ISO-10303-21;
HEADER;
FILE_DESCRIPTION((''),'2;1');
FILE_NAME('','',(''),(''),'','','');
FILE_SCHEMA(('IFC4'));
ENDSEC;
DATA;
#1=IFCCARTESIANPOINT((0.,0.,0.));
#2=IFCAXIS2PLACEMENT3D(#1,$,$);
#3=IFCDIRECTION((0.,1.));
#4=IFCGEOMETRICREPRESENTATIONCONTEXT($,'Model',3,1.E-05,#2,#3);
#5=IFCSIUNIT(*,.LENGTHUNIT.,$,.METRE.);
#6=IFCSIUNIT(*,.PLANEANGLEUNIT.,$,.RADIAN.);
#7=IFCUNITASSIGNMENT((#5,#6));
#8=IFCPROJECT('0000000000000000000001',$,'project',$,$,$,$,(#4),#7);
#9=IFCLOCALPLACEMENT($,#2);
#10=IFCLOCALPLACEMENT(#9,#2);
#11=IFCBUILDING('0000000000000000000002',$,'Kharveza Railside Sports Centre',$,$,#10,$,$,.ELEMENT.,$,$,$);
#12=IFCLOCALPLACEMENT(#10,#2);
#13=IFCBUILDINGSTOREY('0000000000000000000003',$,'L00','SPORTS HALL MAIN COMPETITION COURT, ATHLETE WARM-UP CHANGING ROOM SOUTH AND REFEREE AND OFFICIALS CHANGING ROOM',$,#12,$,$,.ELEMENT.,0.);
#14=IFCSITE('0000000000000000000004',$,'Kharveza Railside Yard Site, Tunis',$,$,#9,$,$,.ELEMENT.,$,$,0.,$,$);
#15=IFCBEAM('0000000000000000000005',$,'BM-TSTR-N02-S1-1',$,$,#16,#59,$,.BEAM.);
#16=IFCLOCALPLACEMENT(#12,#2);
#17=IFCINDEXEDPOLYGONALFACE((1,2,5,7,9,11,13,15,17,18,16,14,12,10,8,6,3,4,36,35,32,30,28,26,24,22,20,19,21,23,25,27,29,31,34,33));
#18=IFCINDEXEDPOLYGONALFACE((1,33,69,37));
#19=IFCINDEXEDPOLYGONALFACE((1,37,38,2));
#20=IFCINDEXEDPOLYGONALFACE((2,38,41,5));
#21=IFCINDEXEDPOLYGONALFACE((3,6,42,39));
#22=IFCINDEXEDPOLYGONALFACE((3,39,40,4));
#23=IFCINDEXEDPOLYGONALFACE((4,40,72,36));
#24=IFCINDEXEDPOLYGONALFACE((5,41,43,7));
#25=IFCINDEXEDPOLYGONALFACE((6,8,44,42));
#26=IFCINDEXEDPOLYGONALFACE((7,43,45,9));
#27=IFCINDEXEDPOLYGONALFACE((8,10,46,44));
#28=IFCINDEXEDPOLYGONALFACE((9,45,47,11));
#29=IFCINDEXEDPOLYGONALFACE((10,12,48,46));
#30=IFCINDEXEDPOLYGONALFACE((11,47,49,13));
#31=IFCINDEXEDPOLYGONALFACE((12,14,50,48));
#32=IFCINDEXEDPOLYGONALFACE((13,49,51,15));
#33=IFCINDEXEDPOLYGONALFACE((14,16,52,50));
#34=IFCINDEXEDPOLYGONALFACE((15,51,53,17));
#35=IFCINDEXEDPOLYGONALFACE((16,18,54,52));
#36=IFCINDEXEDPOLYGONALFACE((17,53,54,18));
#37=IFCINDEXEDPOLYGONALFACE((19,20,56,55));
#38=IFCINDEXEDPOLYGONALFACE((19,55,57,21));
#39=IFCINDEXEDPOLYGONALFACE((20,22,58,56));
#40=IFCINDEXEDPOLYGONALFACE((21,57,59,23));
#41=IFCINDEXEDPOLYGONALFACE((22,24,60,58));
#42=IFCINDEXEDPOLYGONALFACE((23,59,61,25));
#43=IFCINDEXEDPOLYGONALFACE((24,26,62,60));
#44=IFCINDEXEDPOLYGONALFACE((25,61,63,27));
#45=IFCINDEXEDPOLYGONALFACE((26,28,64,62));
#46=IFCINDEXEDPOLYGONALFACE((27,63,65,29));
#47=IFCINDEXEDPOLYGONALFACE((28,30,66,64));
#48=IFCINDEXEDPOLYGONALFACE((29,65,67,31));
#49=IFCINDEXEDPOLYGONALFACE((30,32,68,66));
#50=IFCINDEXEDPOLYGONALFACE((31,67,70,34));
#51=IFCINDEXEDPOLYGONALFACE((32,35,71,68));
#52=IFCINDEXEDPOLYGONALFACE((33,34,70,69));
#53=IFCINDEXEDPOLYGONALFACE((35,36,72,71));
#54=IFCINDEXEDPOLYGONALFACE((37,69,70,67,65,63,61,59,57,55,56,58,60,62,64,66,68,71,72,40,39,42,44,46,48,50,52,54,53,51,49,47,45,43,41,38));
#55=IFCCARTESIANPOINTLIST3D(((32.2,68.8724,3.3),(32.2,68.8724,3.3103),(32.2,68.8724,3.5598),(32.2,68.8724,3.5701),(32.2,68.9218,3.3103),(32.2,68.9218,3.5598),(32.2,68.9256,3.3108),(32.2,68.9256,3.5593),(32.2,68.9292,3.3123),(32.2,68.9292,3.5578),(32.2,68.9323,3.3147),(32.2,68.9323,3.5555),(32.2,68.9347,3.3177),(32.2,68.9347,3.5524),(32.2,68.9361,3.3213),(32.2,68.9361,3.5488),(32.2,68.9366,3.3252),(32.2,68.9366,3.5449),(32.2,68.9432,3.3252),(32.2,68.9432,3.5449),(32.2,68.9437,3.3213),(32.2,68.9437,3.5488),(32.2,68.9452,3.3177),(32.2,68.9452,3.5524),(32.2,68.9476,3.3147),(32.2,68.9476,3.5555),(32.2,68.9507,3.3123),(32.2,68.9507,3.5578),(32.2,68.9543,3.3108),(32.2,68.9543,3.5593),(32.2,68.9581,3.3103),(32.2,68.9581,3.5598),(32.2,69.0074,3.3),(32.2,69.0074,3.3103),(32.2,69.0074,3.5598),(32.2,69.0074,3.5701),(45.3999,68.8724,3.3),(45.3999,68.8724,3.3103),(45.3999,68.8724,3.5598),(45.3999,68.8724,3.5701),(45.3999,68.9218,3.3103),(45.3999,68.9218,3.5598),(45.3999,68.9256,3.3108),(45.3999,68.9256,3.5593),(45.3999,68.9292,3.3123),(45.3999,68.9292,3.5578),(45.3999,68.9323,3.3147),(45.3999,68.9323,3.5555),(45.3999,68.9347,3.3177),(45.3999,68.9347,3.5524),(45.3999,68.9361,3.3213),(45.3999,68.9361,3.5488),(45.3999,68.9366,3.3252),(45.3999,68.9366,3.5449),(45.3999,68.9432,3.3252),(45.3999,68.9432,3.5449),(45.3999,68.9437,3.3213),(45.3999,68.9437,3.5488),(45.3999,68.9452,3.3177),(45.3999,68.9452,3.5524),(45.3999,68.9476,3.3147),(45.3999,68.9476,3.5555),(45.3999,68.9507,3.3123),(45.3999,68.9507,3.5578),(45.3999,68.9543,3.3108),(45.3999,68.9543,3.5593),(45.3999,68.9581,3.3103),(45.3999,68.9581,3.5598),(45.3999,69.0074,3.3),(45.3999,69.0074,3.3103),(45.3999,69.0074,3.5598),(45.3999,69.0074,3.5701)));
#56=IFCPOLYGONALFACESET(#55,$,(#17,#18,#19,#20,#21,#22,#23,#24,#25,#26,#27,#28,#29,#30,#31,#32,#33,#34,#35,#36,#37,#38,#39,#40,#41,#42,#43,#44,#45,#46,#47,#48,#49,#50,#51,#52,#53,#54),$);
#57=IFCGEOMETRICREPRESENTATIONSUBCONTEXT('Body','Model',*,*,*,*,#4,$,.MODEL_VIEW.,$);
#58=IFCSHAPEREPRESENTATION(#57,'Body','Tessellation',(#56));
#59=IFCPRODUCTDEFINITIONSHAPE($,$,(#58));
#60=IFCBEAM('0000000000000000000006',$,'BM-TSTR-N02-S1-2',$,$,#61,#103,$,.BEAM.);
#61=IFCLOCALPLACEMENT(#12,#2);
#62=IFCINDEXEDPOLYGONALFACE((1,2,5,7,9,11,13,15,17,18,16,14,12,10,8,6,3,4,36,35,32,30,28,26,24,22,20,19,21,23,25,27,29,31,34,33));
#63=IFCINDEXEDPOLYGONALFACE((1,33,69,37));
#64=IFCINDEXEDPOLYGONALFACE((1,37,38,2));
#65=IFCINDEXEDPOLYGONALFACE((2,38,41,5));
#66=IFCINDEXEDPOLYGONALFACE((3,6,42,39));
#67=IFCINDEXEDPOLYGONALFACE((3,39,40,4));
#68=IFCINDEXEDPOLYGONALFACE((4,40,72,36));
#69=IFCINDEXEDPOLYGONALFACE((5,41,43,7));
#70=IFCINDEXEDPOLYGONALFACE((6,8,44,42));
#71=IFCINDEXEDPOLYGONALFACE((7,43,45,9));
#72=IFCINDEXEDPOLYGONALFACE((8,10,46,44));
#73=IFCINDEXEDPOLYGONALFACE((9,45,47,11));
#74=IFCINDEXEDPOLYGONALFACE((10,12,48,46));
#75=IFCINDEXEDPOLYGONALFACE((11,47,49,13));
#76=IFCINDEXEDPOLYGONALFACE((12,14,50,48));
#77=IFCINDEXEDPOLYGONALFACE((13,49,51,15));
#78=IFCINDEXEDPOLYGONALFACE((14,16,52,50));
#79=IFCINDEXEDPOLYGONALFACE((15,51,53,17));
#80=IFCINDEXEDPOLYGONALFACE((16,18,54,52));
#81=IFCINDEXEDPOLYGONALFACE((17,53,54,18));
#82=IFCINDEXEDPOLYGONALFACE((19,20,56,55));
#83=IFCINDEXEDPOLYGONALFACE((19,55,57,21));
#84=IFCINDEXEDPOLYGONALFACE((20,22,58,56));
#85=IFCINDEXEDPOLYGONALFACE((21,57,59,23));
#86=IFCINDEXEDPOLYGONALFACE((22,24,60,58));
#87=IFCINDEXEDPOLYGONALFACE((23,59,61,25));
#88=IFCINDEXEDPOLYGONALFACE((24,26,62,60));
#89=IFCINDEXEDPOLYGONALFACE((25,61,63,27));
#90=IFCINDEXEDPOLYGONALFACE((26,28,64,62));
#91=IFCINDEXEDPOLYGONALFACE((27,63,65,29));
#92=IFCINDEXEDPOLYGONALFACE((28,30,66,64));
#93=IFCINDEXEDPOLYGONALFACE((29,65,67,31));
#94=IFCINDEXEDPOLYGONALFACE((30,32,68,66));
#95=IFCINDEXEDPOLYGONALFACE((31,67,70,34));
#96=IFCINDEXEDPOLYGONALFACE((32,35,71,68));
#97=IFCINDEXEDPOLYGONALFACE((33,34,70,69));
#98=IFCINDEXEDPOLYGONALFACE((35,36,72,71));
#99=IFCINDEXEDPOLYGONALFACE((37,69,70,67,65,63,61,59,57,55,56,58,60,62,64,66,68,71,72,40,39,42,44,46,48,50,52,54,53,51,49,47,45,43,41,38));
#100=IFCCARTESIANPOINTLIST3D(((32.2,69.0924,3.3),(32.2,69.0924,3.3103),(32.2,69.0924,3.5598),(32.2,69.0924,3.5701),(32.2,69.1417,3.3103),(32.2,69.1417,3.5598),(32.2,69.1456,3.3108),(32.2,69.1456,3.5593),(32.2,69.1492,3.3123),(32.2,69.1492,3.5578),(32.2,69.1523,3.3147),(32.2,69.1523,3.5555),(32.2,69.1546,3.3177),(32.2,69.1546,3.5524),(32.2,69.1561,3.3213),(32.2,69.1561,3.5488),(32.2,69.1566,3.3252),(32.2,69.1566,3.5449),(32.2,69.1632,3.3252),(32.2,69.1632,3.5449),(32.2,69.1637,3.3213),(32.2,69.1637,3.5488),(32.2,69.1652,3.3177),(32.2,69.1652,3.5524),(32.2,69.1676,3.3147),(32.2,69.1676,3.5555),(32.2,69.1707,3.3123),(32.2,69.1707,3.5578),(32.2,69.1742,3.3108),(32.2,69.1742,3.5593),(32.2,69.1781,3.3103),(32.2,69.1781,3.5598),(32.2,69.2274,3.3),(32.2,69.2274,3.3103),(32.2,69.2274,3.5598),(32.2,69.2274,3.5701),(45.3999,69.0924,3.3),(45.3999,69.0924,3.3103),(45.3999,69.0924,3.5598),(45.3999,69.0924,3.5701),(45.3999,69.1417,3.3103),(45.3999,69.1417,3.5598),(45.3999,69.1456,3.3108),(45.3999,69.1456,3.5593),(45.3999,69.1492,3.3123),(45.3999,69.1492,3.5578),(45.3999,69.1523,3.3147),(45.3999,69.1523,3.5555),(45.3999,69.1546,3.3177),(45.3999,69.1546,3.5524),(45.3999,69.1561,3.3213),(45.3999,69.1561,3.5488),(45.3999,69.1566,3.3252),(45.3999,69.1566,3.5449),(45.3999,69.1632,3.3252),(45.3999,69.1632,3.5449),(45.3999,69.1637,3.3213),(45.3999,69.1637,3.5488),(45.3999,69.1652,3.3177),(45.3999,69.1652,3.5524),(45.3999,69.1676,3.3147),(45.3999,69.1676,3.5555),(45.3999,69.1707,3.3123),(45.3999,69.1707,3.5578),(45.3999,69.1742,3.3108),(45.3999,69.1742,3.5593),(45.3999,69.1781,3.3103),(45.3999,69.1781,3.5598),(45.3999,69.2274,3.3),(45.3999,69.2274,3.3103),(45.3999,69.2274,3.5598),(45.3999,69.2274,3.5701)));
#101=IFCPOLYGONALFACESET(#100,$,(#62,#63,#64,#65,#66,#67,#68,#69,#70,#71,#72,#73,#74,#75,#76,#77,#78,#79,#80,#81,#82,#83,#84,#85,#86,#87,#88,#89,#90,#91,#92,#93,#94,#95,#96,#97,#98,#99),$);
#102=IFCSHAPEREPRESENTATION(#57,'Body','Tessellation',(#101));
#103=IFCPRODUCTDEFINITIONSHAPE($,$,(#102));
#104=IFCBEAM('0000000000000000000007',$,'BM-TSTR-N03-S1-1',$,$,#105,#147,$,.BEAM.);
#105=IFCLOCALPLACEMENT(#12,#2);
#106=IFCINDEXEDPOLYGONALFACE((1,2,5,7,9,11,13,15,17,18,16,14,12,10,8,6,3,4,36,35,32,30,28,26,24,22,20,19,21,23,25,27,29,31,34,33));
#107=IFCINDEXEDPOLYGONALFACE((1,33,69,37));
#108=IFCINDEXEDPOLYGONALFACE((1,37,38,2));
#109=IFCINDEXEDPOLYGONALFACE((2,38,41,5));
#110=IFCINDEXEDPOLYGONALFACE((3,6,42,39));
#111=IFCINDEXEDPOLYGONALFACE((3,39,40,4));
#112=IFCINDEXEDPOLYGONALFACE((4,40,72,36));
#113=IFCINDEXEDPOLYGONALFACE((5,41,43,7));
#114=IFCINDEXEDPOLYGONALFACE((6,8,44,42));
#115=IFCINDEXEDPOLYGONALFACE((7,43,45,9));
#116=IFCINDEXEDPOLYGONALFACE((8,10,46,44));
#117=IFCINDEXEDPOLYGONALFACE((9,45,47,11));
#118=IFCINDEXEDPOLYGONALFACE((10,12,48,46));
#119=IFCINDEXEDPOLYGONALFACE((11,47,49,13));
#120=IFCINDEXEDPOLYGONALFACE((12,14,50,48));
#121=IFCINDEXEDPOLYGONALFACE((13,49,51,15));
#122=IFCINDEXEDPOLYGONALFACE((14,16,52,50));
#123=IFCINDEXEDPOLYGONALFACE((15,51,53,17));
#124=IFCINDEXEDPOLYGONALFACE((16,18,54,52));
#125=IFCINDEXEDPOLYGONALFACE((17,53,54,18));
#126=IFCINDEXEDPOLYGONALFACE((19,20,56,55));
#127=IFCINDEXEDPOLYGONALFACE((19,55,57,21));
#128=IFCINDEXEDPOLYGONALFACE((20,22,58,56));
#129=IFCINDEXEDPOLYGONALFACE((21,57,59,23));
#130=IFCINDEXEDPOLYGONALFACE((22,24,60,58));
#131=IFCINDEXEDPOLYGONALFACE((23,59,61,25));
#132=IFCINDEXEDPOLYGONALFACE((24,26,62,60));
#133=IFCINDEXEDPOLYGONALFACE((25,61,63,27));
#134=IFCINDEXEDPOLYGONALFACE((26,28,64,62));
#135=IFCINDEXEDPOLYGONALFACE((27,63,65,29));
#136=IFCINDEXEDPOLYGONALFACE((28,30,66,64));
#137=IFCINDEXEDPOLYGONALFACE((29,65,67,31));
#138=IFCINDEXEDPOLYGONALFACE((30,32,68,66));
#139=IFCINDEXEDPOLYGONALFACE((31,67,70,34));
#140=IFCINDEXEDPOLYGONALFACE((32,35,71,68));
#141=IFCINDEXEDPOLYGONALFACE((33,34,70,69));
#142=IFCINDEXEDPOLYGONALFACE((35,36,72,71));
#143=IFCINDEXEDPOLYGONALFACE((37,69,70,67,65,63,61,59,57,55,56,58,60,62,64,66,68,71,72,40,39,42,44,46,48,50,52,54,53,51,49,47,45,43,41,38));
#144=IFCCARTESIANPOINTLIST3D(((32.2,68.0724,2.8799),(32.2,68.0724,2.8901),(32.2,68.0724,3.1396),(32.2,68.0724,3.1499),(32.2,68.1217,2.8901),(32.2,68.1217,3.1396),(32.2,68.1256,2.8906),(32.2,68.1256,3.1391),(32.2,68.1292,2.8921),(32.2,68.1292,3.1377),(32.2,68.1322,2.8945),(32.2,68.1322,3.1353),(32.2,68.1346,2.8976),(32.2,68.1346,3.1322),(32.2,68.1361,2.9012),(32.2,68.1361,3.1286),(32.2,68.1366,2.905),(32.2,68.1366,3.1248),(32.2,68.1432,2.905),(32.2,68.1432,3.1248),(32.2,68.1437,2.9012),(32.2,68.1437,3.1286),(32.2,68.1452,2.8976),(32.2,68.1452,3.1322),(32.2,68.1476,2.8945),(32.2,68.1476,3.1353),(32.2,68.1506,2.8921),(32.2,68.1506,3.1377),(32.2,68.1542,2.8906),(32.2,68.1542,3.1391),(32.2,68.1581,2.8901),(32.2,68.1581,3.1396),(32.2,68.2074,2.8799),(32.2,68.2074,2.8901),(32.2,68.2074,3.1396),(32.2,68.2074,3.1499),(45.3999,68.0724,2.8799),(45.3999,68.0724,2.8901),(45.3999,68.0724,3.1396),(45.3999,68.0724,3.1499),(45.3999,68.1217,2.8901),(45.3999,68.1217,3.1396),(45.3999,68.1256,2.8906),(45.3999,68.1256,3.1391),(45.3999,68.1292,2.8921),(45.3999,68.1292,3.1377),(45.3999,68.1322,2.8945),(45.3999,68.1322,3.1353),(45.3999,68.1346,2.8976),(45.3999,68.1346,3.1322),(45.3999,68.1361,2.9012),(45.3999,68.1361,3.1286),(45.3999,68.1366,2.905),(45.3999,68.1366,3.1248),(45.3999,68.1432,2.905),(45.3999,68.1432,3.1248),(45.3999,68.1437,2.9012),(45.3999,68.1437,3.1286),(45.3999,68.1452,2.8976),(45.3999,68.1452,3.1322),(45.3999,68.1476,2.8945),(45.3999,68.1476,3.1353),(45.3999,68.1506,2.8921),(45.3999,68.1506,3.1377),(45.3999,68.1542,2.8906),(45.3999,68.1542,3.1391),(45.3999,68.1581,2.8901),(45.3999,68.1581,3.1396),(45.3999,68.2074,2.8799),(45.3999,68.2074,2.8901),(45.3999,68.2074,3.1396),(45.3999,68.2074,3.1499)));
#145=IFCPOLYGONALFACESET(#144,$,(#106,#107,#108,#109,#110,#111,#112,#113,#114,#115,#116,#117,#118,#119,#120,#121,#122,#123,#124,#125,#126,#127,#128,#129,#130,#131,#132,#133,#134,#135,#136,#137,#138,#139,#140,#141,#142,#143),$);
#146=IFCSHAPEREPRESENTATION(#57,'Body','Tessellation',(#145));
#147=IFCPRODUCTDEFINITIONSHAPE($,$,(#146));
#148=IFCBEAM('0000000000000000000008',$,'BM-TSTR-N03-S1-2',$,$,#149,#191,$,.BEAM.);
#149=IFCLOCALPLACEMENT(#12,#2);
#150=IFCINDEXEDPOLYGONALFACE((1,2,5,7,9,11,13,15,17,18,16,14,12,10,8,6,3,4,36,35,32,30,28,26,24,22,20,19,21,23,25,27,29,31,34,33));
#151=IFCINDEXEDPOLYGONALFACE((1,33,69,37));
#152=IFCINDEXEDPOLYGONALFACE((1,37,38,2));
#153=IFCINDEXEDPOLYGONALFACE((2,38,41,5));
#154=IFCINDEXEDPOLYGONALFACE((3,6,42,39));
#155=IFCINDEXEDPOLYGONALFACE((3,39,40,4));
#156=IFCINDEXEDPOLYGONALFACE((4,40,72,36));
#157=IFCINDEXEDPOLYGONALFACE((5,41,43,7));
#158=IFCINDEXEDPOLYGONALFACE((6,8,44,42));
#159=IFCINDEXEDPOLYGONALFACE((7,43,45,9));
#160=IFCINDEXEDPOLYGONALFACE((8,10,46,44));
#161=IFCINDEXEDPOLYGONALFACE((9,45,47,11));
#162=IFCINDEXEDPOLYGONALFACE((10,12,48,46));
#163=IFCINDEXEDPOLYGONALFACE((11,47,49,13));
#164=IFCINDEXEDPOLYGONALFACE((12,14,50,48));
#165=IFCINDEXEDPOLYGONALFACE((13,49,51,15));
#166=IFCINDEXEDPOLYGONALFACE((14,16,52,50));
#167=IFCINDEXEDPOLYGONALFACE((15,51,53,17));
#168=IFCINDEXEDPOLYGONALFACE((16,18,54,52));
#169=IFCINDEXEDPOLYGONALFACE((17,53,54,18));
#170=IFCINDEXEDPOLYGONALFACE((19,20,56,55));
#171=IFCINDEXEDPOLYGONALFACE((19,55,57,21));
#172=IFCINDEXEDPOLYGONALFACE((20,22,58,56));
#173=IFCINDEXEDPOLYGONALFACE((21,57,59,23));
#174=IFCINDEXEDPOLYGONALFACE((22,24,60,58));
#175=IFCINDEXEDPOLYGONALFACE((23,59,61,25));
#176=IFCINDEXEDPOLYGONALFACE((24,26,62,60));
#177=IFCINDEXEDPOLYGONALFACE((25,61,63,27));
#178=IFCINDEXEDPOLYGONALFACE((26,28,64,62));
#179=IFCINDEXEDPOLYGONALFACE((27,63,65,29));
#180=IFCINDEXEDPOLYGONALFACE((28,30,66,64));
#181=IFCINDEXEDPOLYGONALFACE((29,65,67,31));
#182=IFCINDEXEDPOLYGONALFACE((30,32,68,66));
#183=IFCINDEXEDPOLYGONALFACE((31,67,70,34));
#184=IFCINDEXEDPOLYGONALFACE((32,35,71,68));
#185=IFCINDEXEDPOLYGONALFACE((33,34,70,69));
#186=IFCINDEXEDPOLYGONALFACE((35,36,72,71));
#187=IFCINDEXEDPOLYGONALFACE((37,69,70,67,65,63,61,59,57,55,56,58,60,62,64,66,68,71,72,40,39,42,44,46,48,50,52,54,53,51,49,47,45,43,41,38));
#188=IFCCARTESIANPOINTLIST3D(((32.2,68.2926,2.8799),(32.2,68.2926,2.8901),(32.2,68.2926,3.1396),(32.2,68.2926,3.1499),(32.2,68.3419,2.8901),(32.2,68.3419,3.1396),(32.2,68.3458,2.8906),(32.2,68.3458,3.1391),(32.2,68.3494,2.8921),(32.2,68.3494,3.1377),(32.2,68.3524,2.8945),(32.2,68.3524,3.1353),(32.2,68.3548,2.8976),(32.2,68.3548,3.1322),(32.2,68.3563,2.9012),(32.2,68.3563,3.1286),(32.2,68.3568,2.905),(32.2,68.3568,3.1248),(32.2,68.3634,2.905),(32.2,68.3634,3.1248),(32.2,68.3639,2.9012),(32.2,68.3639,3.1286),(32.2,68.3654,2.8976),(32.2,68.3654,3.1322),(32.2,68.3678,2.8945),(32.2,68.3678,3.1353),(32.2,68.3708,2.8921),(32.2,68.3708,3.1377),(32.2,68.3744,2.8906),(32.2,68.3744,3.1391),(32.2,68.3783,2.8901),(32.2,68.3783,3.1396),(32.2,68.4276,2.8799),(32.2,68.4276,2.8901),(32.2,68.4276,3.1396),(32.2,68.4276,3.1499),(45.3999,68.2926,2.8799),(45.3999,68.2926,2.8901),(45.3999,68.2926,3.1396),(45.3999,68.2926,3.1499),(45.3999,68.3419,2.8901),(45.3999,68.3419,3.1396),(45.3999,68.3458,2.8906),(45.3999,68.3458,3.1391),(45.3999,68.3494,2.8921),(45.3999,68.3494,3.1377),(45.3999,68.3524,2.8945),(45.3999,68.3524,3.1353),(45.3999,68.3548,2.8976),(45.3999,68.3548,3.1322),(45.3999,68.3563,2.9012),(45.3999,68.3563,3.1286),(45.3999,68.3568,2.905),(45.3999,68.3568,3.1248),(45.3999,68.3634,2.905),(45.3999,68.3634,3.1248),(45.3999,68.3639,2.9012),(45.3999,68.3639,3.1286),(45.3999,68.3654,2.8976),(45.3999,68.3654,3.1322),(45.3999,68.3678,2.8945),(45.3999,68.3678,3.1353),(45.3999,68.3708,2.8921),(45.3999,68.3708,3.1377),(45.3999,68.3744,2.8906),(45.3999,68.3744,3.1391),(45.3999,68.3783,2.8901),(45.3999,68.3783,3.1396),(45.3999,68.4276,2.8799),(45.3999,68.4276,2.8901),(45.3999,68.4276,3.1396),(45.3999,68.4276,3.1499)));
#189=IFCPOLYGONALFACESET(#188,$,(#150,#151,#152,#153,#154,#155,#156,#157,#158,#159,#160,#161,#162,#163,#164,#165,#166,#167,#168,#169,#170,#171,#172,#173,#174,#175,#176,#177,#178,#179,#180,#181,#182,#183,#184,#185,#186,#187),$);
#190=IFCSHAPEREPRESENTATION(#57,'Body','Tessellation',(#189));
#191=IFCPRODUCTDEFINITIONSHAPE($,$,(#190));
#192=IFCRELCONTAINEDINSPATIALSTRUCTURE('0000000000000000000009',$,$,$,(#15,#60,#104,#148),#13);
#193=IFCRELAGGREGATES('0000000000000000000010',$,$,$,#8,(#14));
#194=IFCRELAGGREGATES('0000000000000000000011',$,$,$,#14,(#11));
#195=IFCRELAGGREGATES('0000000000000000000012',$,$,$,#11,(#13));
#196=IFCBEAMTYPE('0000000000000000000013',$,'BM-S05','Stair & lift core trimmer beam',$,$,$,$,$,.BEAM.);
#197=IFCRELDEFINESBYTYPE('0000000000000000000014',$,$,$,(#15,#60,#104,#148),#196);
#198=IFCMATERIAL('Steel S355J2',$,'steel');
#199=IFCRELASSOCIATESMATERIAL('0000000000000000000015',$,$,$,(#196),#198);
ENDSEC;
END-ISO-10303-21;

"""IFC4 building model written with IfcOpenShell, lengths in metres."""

from ifc_helpers import new_model, si_unit, direction, frame, origin, origin_2d, place, context, subcontext, project, spatial, i_section, extrude, material, material_profile, profile_set, type_object, element, save


model = new_model("IFC4")

# Units and contexts
model_context = context("Model", 3, precision=1e-05, world=origin(), true_north=direction((0.0, 1.0)))
body_context = subcontext(model_context, "Body", "Model", "MODEL_VIEW")
ifc_project = project(units=[si_unit("LENGTHUNIT", "METRE"), si_unit("PLANEANGLEUNIT", "RADIAN")], contexts=[model_context])

# Site, building, storey
site_placement = place(None, origin())
site = spatial("IfcSite", under=ifc_project, at=site_placement, Name="Kharveza Railside Yard Site, Tunis", CompositionType="ELEMENT", RefElevation=0.0)
building_placement = place(site_placement, origin())
building = spatial("IfcBuilding", under=site, at=building_placement, Name="Kharveza Railside Sports Centre", CompositionType="ELEMENT")
storey_placement = place(building_placement, origin())
storey = spatial("IfcBuildingStorey", under=building, at=storey_placement, Name="L00", Description="SPORTS HALL MAIN COMPETITION COURT, ATHLETE WARM-UP CHANGING ROOM SOUTH AND REFEREE AND OFFICIALS CHANGING ROOM", CompositionType="ELEMENT", Elevation=0.0)

# Shared definitions
ifc_material_1 = material(Name="Steel S355J2", Category="steel")

# Beams
ifc_material_profile_1 = material_profile(ifc_material_1, i_section(OverallWidth=0.135, OverallDepth=0.27, WebThickness=0.0066, FlangeThickness=0.0103, FilletRadius=0.0149, at=origin_2d()), Name="IPE 270")
ifc_profile_set_1 = profile_set([ifc_material_profile_1], Name="Steel S355J2")
beam_type_1 = type_object("IfcBeamType", Name="BM-S05", Description="Stair & lift core trimmer beam", PredefinedType="BEAM", material=ifc_profile_set_1)
for number, where, z_axis, x_axis, name in (
    (1, (32.2, 68.9399, 3.4351), (1.0, 0.0, 0.0), (0.0, 1.0, 0.0), "BM-TSTR-N02-S1-1"),
    (2, (32.2, 69.1599, 3.4351), (1.0, 0.0, 0.0), (0.0, 1.0, 0.0), "BM-TSTR-N02-S1-2"),
    (3, (32.2, 68.1399, 3.0149), (1.0, 0.0, 0.0), (0.0, 1.0, 0.0), "BM-TSTR-N03-S1-1"),
    (4, (32.2, 68.3601, 3.0149), (1.0, 0.0, 0.0), (0.0, 1.0, 0.0), "BM-TSTR-N03-S1-2"),
):
    element("IfcBeam", number, at=place(storey_placement, frame(where, z_axis=z_axis, x_axis=x_axis)), inside=storey, type_object=beam_type_1, Name=name, PredefinedType="BEAM", context=body_context, shape_type="SweptSolid", body=[
        extrude(i_section(OverallWidth=0.135, OverallDepth=0.27, WebThickness=0.0066, FlangeThickness=0.0103, FilletRadius=0.0149, at=origin_2d()), origin(), (0.0, 0.0, 1.0), 13.2),
    ])

save(model, "model.ifc")
